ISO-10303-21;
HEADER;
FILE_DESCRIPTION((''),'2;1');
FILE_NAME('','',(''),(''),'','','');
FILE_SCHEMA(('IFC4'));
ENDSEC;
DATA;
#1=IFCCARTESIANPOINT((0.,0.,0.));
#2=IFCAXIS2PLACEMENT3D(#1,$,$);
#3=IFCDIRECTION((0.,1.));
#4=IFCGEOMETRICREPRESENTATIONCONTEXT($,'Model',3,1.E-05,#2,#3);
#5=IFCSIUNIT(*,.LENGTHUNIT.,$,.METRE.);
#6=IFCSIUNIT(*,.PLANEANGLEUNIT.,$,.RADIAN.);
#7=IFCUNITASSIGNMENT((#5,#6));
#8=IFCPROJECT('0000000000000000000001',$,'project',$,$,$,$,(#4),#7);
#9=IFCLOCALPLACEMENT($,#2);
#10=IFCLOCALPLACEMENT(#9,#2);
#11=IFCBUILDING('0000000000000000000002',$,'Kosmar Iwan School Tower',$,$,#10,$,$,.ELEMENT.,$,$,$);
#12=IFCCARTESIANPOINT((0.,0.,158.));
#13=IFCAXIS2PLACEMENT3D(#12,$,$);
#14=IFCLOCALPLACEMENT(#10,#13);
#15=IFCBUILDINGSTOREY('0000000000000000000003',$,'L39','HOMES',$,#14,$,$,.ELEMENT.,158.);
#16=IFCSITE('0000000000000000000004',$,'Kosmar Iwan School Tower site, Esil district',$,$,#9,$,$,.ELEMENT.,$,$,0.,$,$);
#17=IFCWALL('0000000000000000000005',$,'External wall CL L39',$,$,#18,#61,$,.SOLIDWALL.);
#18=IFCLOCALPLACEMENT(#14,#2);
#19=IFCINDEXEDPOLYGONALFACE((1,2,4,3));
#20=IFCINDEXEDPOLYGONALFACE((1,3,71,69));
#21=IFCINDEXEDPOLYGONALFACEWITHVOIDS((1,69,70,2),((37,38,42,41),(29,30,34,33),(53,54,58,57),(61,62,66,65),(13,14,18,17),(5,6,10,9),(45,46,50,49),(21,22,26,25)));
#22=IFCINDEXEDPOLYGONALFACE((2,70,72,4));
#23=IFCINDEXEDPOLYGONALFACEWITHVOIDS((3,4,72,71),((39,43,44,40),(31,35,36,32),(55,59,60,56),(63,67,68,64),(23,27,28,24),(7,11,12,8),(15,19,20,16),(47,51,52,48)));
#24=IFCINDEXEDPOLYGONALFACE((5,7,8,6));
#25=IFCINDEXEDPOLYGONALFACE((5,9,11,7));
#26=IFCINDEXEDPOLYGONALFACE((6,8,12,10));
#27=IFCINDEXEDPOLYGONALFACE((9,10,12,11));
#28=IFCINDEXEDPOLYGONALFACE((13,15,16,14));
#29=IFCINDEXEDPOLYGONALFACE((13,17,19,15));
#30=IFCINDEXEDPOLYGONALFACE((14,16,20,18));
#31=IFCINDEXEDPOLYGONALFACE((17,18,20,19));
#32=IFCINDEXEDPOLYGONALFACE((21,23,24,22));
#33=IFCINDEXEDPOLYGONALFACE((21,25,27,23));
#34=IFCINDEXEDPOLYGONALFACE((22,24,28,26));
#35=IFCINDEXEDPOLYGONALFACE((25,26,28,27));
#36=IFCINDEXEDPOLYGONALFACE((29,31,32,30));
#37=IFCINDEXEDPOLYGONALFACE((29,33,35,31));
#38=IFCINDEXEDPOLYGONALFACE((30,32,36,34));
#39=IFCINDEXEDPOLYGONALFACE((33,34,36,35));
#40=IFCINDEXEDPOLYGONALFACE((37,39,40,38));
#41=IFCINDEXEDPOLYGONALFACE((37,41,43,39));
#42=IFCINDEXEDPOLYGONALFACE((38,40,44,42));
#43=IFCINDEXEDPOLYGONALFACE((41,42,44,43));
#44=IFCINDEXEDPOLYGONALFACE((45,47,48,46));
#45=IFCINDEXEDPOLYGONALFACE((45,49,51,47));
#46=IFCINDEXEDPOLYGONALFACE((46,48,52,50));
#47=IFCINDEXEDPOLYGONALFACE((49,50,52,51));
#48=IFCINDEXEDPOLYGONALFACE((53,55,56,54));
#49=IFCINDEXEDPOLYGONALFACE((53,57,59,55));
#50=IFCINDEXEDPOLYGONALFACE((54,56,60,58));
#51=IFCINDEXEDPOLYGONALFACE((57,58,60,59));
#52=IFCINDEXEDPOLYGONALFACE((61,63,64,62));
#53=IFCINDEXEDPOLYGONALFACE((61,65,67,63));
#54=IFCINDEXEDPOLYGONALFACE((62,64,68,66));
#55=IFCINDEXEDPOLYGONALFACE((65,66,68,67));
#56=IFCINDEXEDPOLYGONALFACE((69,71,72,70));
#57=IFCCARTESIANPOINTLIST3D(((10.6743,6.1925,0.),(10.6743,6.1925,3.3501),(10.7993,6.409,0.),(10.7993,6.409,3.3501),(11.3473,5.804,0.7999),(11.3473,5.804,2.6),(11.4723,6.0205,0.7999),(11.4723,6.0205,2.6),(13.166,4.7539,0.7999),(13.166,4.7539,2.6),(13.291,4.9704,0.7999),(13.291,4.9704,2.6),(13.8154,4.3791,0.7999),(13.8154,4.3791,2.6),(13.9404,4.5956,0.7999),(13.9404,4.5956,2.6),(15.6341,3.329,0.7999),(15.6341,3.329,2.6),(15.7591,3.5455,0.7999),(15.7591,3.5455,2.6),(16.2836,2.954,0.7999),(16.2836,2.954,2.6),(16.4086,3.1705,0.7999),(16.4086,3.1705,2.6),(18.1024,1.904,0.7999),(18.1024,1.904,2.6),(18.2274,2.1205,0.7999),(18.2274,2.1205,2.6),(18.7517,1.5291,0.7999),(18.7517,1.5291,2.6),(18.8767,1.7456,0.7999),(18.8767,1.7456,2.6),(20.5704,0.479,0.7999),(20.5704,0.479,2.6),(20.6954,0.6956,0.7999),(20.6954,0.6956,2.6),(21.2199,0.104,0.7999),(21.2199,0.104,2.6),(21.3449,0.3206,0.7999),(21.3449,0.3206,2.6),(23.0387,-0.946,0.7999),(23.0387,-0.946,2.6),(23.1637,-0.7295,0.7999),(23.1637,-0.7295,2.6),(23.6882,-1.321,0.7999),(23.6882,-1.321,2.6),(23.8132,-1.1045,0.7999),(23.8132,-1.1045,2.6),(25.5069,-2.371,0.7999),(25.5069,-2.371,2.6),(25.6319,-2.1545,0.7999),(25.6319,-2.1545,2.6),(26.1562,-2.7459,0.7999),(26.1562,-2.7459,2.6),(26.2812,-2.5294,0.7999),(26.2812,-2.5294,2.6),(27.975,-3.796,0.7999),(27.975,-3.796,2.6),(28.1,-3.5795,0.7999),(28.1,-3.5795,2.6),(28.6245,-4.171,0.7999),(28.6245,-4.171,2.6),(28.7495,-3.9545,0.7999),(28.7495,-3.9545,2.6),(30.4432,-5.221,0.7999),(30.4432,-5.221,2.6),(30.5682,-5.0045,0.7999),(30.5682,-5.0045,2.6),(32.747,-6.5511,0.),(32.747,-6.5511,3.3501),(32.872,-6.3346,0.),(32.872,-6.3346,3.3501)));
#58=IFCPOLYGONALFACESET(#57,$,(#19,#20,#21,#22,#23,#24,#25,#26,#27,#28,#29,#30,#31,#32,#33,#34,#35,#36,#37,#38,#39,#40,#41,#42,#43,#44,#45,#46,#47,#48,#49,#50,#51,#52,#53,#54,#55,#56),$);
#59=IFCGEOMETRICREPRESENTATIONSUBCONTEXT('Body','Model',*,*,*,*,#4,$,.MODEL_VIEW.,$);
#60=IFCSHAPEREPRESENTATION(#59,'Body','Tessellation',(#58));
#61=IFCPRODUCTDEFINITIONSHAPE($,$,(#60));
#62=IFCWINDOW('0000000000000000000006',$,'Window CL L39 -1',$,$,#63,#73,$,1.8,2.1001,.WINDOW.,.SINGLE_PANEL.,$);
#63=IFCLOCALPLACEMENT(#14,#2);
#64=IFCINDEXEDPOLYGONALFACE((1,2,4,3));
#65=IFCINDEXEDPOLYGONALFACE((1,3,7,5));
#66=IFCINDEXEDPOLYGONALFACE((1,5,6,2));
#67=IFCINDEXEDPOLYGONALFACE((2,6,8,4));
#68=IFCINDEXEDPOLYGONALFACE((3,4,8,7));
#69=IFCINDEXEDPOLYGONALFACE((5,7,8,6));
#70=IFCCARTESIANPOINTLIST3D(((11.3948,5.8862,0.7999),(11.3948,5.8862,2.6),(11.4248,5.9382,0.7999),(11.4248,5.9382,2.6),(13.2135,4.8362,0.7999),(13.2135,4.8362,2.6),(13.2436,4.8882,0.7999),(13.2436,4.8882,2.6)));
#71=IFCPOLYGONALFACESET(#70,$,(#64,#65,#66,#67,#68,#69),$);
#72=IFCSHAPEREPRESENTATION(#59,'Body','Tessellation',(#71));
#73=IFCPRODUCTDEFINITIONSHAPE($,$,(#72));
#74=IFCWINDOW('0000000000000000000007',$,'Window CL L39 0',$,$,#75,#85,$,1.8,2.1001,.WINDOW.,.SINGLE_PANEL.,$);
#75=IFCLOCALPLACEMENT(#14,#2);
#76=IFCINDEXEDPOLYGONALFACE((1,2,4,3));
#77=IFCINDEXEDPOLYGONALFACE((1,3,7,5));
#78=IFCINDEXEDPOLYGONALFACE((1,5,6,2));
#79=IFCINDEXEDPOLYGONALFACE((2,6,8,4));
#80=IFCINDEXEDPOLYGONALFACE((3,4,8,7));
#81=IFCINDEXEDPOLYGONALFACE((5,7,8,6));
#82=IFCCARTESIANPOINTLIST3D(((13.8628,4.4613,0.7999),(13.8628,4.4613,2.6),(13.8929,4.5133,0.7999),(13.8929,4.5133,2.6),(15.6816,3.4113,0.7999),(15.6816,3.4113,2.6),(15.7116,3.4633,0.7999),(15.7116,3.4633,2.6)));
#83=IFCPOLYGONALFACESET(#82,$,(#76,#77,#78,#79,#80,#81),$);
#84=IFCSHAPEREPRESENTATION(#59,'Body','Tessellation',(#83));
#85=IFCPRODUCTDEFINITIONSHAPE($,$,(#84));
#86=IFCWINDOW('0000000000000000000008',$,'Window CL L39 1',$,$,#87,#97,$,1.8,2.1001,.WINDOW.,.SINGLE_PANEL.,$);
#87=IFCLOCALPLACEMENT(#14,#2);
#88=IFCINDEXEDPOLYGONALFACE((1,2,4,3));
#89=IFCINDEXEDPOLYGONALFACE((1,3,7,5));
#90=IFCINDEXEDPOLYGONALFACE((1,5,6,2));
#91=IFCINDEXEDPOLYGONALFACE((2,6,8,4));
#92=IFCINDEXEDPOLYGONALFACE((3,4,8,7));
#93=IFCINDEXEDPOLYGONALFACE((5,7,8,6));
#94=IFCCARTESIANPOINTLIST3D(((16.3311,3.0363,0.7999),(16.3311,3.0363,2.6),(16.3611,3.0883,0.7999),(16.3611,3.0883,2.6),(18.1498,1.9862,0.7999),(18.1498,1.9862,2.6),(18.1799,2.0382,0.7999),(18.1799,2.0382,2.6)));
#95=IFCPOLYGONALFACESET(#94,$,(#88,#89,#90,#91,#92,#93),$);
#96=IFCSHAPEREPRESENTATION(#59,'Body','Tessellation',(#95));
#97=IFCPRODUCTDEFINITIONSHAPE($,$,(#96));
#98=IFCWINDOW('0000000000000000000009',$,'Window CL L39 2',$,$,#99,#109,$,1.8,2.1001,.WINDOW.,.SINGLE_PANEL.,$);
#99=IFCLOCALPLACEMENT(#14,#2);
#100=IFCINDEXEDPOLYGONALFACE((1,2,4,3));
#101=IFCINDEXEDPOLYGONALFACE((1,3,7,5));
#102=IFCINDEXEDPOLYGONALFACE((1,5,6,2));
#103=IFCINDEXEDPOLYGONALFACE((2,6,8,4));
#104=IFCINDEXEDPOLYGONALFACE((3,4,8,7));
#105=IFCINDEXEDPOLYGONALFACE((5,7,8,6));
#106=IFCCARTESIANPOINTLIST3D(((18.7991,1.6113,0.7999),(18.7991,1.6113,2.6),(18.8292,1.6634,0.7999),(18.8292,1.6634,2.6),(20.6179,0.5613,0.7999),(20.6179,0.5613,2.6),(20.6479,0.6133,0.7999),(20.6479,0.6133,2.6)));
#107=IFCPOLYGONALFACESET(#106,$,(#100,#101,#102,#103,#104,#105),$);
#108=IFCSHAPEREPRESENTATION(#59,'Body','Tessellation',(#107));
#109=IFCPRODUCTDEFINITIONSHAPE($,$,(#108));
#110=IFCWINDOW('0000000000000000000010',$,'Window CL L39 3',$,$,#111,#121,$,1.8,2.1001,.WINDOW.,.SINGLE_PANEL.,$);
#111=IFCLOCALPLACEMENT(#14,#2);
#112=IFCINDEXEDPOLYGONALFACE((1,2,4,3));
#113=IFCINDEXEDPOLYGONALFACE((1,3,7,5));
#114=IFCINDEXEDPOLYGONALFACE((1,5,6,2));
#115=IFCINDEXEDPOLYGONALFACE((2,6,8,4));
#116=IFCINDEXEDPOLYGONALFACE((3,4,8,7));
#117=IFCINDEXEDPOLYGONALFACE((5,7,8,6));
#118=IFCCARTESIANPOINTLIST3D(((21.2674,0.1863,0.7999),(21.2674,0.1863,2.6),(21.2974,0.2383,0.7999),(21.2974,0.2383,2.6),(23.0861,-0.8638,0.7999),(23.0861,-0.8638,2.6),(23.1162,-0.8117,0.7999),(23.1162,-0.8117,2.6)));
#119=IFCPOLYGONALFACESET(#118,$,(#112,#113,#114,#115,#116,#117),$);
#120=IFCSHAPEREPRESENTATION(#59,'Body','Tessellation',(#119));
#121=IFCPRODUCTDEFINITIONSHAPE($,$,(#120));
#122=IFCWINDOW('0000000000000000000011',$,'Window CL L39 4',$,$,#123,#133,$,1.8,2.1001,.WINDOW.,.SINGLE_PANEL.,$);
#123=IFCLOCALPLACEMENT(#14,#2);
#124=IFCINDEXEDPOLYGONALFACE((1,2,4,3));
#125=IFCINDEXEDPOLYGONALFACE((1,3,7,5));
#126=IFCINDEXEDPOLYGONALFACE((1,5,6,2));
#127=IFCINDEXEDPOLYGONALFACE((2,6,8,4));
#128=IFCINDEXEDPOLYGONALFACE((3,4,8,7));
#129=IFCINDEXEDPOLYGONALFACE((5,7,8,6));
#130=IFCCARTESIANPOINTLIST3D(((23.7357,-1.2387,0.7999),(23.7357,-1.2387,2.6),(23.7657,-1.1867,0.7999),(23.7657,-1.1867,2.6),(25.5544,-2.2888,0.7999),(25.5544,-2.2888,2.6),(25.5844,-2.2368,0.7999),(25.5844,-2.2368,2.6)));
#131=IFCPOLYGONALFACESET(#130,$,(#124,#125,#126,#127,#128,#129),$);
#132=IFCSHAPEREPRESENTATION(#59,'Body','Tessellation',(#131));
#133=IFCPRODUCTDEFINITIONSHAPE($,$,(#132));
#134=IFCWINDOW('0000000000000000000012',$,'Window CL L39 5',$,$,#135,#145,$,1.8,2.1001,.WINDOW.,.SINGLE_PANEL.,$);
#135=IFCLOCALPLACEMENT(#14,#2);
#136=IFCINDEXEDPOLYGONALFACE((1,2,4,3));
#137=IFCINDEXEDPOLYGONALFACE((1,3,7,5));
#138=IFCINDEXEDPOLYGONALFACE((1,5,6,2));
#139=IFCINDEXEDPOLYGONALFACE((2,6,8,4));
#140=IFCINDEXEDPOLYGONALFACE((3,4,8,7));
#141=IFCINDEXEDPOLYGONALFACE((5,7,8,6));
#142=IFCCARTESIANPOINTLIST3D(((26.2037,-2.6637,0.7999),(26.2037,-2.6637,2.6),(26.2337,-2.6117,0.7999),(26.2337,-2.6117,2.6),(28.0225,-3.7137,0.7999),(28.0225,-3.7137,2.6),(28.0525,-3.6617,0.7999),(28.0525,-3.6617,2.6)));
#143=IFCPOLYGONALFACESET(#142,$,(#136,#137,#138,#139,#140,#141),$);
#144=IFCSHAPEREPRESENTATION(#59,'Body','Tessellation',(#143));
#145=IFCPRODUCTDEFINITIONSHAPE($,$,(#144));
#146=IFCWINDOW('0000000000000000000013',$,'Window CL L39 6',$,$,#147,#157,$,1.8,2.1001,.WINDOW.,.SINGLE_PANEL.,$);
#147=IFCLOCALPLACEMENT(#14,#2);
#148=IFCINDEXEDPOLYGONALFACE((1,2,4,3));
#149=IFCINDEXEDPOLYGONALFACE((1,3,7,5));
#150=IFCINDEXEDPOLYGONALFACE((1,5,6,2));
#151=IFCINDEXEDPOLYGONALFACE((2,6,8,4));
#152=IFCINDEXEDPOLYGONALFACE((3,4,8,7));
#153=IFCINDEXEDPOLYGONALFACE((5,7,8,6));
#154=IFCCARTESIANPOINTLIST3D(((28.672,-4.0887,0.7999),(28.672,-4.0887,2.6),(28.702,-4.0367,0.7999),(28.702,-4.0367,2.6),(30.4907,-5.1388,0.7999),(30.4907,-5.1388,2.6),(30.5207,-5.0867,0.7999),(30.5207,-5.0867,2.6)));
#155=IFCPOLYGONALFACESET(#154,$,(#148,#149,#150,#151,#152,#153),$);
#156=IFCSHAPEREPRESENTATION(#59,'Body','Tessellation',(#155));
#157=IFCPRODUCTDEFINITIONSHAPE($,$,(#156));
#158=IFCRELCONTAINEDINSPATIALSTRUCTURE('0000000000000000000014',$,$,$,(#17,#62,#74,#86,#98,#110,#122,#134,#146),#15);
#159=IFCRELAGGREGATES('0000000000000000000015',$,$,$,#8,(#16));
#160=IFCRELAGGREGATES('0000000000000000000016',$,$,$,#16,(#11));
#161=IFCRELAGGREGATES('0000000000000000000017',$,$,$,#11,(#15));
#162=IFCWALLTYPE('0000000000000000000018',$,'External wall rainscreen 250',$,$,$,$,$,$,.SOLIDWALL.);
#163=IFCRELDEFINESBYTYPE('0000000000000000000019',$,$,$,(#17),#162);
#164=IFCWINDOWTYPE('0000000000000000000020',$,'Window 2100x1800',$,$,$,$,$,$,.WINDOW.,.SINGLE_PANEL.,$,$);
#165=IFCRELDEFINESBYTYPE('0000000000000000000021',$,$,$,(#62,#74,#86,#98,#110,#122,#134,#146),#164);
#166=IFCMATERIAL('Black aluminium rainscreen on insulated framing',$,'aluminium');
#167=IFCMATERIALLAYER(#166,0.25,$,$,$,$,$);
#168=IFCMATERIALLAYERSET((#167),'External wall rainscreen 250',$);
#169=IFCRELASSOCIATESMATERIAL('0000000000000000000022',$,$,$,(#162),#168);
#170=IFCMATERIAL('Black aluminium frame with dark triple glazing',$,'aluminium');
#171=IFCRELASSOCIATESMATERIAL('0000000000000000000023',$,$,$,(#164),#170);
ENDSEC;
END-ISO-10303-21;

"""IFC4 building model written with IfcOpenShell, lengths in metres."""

from ifc_helpers import new_model, si_unit, direction, frame, frame_2d, origin, place, context, subcontext, project, spatial, rectangle, extrude, material, layer, layer_set, type_object, element, fill, save


model = new_model("IFC4")

# Units and contexts
model_context = context("Model", 3, precision=1e-05, world=origin(), true_north=direction((0.0, 1.0)))
body_context = subcontext(model_context, "Body", "Model", "MODEL_VIEW")
ifc_project = project(units=[si_unit("LENGTHUNIT", "METRE"), si_unit("PLANEANGLEUNIT", "RADIAN")], contexts=[model_context])

# Site, building, storey
site_placement = place(None, origin())
site = spatial("IfcSite", under=ifc_project, at=site_placement, Name="Kosmar Iwan School Tower site, Esil district", CompositionType="ELEMENT", RefElevation=0.0)
building_placement = place(site_placement, origin())
building = spatial("IfcBuilding", under=site, at=building_placement, Name="Kosmar Iwan School Tower", CompositionType="ELEMENT")
storey_placement = place(building_placement, frame((0.0, 0.0, 158.0)))
storey = spatial("IfcBuildingStorey", under=building, at=storey_placement, Name="L39", Description="HOMES", CompositionType="ELEMENT", Elevation=158.0)

# Wall, openings, windows
ifc_material_1 = material(Name="Black aluminium rainscreen on insulated framing", Category="aluminium")
ifc_layer_1 = layer(ifc_material_1, 0.25)
ifc_layer_set_1 = layer_set([ifc_layer_1], Name="External wall rainscreen 250")
wall_type_1 = type_object("IfcWallType", Name="External wall rainscreen 250", PredefinedType="SOLIDWALL", material=ifc_layer_set_1)
wall_1_placement = place(storey_placement, frame((10.7368, 6.3008, 0.0), z_axis=(0.0, 0.0, 1.0), x_axis=(0.866026, -0.499998, 0.0)))
wall_1 = element("IfcWall", 1, at=wall_1_placement, inside=storey, type_object=wall_type_1, Name="External wall CL L39", PredefinedType="SOLIDWALL", context=body_context, shape_type="SweptSolid", body=[
    extrude(rectangle(XDim=25.4873, YDim=0.25, at=frame_2d((12.7437, 0.0))), origin(), (0.0, 0.0, 1.0), 3.3501),
])
opening_1_placement = place(wall_1_placement, frame((0.7771, 0.0, 0.8)))
opening_1 = element("IfcOpeningElement", 2, at=opening_1_placement, cuts=wall_1, PredefinedType="OPENING", context=body_context, shape_type="SweptSolid", body=[
    extrude(rectangle(XDim=2.1001, YDim=1.8, at=frame_2d((1.05, 0.8999))), frame((0.0, 0.137, 0.0), z_axis=(0.0, -1.0, 0.0), x_axis=(1.0, 0.0, 0.0)), (0.0, 0.0, 1.0), 0.2739),
])
opening_2_placement = place(wall_1_placement, frame((3.627, 0.0, 0.8)))
opening_2 = element("IfcOpeningElement", 3, at=opening_2_placement, cuts=wall_1, PredefinedType="OPENING", context=body_context, shape_type="SweptSolid", body=[
    extrude(rectangle(XDim=2.1001, YDim=1.8, at=frame_2d((1.05, 0.8999))), frame((0.0, 0.137, 0.0), z_axis=(0.0, -1.0, 0.0), x_axis=(1.0, 0.0, 0.0)), (0.0, 0.0, 1.0), 0.2739),
])
opening_3_placement = place(wall_1_placement, frame((6.4771, 0.0, 0.8)))
opening_3 = element("IfcOpeningElement", 4, at=opening_3_placement, cuts=wall_1, PredefinedType="OPENING", context=body_context, shape_type="SweptSolid", body=[
    extrude(rectangle(XDim=2.1001, YDim=1.8, at=frame_2d((1.05, 0.8999))), frame((0.0, 0.137, 0.0), z_axis=(0.0, -1.0, 0.0), x_axis=(1.0, 0.0, 0.0)), (0.0, 0.0, 1.0), 0.2739),
])
opening_4_placement = place(wall_1_placement, frame((9.3269, 0.0, 0.8)))
opening_4 = element("IfcOpeningElement", 5, at=opening_4_placement, cuts=wall_1, PredefinedType="OPENING", context=body_context, shape_type="SweptSolid", body=[
    extrude(rectangle(XDim=2.1001, YDim=1.8, at=frame_2d((1.05, 0.8999))), frame((0.0, 0.137, 0.0), z_axis=(0.0, -1.0, 0.0), x_axis=(1.0, 0.0, 0.0)), (0.0, 0.0, 1.0), 0.2739),
])
opening_5_placement = place(wall_1_placement, frame((12.177, 0.0, 0.8)))
opening_5 = element("IfcOpeningElement", 6, at=opening_5_placement, cuts=wall_1, PredefinedType="OPENING", context=body_context, shape_type="SweptSolid", body=[
    extrude(rectangle(XDim=2.1001, YDim=1.8, at=frame_2d((1.05, 0.8999))), frame((0.0, 0.137, 0.0), z_axis=(0.0, -1.0, 0.0), x_axis=(1.0, 0.0, 0.0)), (0.0, 0.0, 1.0), 0.2739),
])
opening_6_placement = place(wall_1_placement, frame((15.0271, 0.0, 0.8)))
opening_6 = element("IfcOpeningElement", 7, at=opening_6_placement, cuts=wall_1, PredefinedType="OPENING", context=body_context, shape_type="SweptSolid", body=[
    extrude(rectangle(XDim=2.1001, YDim=1.8, at=frame_2d((1.05, 0.8999))), frame((0.0, 0.137, 0.0), z_axis=(0.0, -1.0, 0.0), x_axis=(1.0, 0.0, 0.0)), (0.0, 0.0, 1.0), 0.2739),
])
opening_7_placement = place(wall_1_placement, frame((17.877, 0.0, 0.8)))
opening_7 = element("IfcOpeningElement", 8, at=opening_7_placement, cuts=wall_1, PredefinedType="OPENING", context=body_context, shape_type="SweptSolid", body=[
    extrude(rectangle(XDim=2.1001, YDim=1.8, at=frame_2d((1.05, 0.8999))), frame((0.0, 0.137, 0.0), z_axis=(0.0, -1.0, 0.0), x_axis=(1.0, 0.0, 0.0)), (0.0, 0.0, 1.0), 0.2739),
])
opening_8_placement = place(wall_1_placement, frame((20.7271, 0.0, 0.8)))
opening_8 = element("IfcOpeningElement", 9, at=opening_8_placement, cuts=wall_1, PredefinedType="OPENING", context=body_context, shape_type="SweptSolid", body=[
    extrude(rectangle(XDim=2.1001, YDim=1.8, at=frame_2d((1.05, 0.8999))), frame((0.0, 0.137, 0.0), z_axis=(0.0, -1.0, 0.0), x_axis=(1.0, 0.0, 0.0)), (0.0, 0.0, 1.0), 0.2739),
])
ifc_material_2 = material(Name="Black aluminium frame with dark triple glazing", Category="aluminium")
window_type = type_object("IfcWindowType", Name="Window 2100x1800", PartitioningType="SINGLE_PANEL", PredefinedType="WINDOW", material=ifc_material_2)
window_1_placement = place(opening_1_placement, origin())
window_1 = element("IfcWindow", 10, at=window_1_placement, inside=storey, type_object=window_type, Name="Window CL L39 -1", OverallHeight=1.8, OverallWidth=2.1001, PartitioningType="SINGLE_PANEL", PredefinedType="WINDOW", context=body_context, shape_type="SweptSolid", body=[
    extrude(rectangle(XDim=2.1001, YDim=1.8, at=frame_2d((1.05, 0.8999))), frame((0.0, 0.03, 0.0), z_axis=(0.0, -1.0, 0.0), x_axis=(1.0, 0.0, 0.0)), (0.0, 0.0, 1.0), 0.0601),
])
fill(opening_1, window_1)
window_2_placement = place(opening_2_placement, origin())
window_2 = element("IfcWindow", 11, at=window_2_placement, inside=storey, type_object=window_type, Name="Window CL L39 0", OverallHeight=1.8, OverallWidth=2.1001, PartitioningType="SINGLE_PANEL", PredefinedType="WINDOW", context=body_context, shape_type="SweptSolid", body=[
    extrude(rectangle(XDim=2.1001, YDim=1.8, at=frame_2d((1.05, 0.8999))), frame((0.0, 0.03, 0.0), z_axis=(0.0, -1.0, 0.0), x_axis=(1.0, 0.0, 0.0)), (0.0, 0.0, 1.0), 0.0601),
])
fill(opening_2, window_2)
window_3_placement = place(opening_3_placement, origin())
window_3 = element("IfcWindow", 12, at=window_3_placement, inside=storey, type_object=window_type, Name="Window CL L39 1", OverallHeight=1.8, OverallWidth=2.1001, PartitioningType="SINGLE_PANEL", PredefinedType="WINDOW", context=body_context, shape_type="SweptSolid", body=[
    extrude(rectangle(XDim=2.1001, YDim=1.8, at=frame_2d((1.05, 0.8999))), frame((0.0, 0.03, 0.0), z_axis=(0.0, -1.0, 0.0), x_axis=(1.0, 0.0, 0.0)), (0.0, 0.0, 1.0), 0.0601),
])
fill(opening_3, window_3)
window_4_placement = place(opening_4_placement, origin())
window_4 = element("IfcWindow", 13, at=window_4_placement, inside=storey, type_object=window_type, Name="Window CL L39 2", OverallHeight=1.8, OverallWidth=2.1001, PartitioningType="SINGLE_PANEL", PredefinedType="WINDOW", context=body_context, shape_type="SweptSolid", body=[
    extrude(rectangle(XDim=2.1001, YDim=1.8, at=frame_2d((1.05, 0.8999))), frame((0.0, 0.03, 0.0), z_axis=(0.0, -1.0, 0.0), x_axis=(1.0, 0.0, 0.0)), (0.0, 0.0, 1.0), 0.0601),
])
fill(opening_4, window_4)
window_5_placement = place(opening_5_placement, origin())
window_5 = element("IfcWindow", 14, at=window_5_placement, inside=storey, type_object=window_type, Name="Window CL L39 3", OverallHeight=1.8, OverallWidth=2.1001, PartitioningType="SINGLE_PANEL", PredefinedType="WINDOW", context=body_context, shape_type="SweptSolid", body=[
    extrude(rectangle(XDim=2.1001, YDim=1.8, at=frame_2d((1.05, 0.8999))), frame((0.0, 0.03, 0.0), z_axis=(0.0, -1.0, 0.0), x_axis=(1.0, 0.0, 0.0)), (0.0, 0.0, 1.0), 0.0601),
])
fill(opening_5, window_5)
window_6_placement = place(opening_6_placement, origin())
window_6 = element("IfcWindow", 15, at=window_6_placement, inside=storey, type_object=window_type, Name="Window CL L39 4", OverallHeight=1.8, OverallWidth=2.1001, PartitioningType="SINGLE_PANEL", PredefinedType="WINDOW", context=body_context, shape_type="SweptSolid", body=[
    extrude(rectangle(XDim=2.1001, YDim=1.8, at=frame_2d((1.05, 0.8999))), frame((0.0, 0.03, 0.0), z_axis=(0.0, -1.0, 0.0), x_axis=(1.0, 0.0, 0.0)), (0.0, 0.0, 1.0), 0.0601),
])
fill(opening_6, window_6)
window_7_placement = place(opening_7_placement, origin())
window_7 = element("IfcWindow", 16, at=window_7_placement, inside=storey, type_object=window_type, Name="Window CL L39 5", OverallHeight=1.8, OverallWidth=2.1001, PartitioningType="SINGLE_PANEL", PredefinedType="WINDOW", context=body_context, shape_type="SweptSolid", body=[
    extrude(rectangle(XDim=2.1001, YDim=1.8, at=frame_2d((1.05, 0.8999))), frame((0.0, 0.03, 0.0), z_axis=(0.0, -1.0, 0.0), x_axis=(1.0, 0.0, 0.0)), (0.0, 0.0, 1.0), 0.0601),
])
fill(opening_7, window_7)
window_8_placement = place(opening_8_placement, origin())
window_8 = element("IfcWindow", 17, at=window_8_placement, inside=storey, type_object=window_type, Name="Window CL L39 6", OverallHeight=1.8, OverallWidth=2.1001, PartitioningType="SINGLE_PANEL", PredefinedType="WINDOW", context=body_context, shape_type="SweptSolid", body=[
    extrude(rectangle(XDim=2.1001, YDim=1.8, at=frame_2d((1.05, 0.8999))), frame((0.0, 0.03, 0.0), z_axis=(0.0, -1.0, 0.0), x_axis=(1.0, 0.0, 0.0)), (0.0, 0.0, 1.0), 0.0601),
])
fill(opening_8, window_8)

save(model, "model.ifc")
